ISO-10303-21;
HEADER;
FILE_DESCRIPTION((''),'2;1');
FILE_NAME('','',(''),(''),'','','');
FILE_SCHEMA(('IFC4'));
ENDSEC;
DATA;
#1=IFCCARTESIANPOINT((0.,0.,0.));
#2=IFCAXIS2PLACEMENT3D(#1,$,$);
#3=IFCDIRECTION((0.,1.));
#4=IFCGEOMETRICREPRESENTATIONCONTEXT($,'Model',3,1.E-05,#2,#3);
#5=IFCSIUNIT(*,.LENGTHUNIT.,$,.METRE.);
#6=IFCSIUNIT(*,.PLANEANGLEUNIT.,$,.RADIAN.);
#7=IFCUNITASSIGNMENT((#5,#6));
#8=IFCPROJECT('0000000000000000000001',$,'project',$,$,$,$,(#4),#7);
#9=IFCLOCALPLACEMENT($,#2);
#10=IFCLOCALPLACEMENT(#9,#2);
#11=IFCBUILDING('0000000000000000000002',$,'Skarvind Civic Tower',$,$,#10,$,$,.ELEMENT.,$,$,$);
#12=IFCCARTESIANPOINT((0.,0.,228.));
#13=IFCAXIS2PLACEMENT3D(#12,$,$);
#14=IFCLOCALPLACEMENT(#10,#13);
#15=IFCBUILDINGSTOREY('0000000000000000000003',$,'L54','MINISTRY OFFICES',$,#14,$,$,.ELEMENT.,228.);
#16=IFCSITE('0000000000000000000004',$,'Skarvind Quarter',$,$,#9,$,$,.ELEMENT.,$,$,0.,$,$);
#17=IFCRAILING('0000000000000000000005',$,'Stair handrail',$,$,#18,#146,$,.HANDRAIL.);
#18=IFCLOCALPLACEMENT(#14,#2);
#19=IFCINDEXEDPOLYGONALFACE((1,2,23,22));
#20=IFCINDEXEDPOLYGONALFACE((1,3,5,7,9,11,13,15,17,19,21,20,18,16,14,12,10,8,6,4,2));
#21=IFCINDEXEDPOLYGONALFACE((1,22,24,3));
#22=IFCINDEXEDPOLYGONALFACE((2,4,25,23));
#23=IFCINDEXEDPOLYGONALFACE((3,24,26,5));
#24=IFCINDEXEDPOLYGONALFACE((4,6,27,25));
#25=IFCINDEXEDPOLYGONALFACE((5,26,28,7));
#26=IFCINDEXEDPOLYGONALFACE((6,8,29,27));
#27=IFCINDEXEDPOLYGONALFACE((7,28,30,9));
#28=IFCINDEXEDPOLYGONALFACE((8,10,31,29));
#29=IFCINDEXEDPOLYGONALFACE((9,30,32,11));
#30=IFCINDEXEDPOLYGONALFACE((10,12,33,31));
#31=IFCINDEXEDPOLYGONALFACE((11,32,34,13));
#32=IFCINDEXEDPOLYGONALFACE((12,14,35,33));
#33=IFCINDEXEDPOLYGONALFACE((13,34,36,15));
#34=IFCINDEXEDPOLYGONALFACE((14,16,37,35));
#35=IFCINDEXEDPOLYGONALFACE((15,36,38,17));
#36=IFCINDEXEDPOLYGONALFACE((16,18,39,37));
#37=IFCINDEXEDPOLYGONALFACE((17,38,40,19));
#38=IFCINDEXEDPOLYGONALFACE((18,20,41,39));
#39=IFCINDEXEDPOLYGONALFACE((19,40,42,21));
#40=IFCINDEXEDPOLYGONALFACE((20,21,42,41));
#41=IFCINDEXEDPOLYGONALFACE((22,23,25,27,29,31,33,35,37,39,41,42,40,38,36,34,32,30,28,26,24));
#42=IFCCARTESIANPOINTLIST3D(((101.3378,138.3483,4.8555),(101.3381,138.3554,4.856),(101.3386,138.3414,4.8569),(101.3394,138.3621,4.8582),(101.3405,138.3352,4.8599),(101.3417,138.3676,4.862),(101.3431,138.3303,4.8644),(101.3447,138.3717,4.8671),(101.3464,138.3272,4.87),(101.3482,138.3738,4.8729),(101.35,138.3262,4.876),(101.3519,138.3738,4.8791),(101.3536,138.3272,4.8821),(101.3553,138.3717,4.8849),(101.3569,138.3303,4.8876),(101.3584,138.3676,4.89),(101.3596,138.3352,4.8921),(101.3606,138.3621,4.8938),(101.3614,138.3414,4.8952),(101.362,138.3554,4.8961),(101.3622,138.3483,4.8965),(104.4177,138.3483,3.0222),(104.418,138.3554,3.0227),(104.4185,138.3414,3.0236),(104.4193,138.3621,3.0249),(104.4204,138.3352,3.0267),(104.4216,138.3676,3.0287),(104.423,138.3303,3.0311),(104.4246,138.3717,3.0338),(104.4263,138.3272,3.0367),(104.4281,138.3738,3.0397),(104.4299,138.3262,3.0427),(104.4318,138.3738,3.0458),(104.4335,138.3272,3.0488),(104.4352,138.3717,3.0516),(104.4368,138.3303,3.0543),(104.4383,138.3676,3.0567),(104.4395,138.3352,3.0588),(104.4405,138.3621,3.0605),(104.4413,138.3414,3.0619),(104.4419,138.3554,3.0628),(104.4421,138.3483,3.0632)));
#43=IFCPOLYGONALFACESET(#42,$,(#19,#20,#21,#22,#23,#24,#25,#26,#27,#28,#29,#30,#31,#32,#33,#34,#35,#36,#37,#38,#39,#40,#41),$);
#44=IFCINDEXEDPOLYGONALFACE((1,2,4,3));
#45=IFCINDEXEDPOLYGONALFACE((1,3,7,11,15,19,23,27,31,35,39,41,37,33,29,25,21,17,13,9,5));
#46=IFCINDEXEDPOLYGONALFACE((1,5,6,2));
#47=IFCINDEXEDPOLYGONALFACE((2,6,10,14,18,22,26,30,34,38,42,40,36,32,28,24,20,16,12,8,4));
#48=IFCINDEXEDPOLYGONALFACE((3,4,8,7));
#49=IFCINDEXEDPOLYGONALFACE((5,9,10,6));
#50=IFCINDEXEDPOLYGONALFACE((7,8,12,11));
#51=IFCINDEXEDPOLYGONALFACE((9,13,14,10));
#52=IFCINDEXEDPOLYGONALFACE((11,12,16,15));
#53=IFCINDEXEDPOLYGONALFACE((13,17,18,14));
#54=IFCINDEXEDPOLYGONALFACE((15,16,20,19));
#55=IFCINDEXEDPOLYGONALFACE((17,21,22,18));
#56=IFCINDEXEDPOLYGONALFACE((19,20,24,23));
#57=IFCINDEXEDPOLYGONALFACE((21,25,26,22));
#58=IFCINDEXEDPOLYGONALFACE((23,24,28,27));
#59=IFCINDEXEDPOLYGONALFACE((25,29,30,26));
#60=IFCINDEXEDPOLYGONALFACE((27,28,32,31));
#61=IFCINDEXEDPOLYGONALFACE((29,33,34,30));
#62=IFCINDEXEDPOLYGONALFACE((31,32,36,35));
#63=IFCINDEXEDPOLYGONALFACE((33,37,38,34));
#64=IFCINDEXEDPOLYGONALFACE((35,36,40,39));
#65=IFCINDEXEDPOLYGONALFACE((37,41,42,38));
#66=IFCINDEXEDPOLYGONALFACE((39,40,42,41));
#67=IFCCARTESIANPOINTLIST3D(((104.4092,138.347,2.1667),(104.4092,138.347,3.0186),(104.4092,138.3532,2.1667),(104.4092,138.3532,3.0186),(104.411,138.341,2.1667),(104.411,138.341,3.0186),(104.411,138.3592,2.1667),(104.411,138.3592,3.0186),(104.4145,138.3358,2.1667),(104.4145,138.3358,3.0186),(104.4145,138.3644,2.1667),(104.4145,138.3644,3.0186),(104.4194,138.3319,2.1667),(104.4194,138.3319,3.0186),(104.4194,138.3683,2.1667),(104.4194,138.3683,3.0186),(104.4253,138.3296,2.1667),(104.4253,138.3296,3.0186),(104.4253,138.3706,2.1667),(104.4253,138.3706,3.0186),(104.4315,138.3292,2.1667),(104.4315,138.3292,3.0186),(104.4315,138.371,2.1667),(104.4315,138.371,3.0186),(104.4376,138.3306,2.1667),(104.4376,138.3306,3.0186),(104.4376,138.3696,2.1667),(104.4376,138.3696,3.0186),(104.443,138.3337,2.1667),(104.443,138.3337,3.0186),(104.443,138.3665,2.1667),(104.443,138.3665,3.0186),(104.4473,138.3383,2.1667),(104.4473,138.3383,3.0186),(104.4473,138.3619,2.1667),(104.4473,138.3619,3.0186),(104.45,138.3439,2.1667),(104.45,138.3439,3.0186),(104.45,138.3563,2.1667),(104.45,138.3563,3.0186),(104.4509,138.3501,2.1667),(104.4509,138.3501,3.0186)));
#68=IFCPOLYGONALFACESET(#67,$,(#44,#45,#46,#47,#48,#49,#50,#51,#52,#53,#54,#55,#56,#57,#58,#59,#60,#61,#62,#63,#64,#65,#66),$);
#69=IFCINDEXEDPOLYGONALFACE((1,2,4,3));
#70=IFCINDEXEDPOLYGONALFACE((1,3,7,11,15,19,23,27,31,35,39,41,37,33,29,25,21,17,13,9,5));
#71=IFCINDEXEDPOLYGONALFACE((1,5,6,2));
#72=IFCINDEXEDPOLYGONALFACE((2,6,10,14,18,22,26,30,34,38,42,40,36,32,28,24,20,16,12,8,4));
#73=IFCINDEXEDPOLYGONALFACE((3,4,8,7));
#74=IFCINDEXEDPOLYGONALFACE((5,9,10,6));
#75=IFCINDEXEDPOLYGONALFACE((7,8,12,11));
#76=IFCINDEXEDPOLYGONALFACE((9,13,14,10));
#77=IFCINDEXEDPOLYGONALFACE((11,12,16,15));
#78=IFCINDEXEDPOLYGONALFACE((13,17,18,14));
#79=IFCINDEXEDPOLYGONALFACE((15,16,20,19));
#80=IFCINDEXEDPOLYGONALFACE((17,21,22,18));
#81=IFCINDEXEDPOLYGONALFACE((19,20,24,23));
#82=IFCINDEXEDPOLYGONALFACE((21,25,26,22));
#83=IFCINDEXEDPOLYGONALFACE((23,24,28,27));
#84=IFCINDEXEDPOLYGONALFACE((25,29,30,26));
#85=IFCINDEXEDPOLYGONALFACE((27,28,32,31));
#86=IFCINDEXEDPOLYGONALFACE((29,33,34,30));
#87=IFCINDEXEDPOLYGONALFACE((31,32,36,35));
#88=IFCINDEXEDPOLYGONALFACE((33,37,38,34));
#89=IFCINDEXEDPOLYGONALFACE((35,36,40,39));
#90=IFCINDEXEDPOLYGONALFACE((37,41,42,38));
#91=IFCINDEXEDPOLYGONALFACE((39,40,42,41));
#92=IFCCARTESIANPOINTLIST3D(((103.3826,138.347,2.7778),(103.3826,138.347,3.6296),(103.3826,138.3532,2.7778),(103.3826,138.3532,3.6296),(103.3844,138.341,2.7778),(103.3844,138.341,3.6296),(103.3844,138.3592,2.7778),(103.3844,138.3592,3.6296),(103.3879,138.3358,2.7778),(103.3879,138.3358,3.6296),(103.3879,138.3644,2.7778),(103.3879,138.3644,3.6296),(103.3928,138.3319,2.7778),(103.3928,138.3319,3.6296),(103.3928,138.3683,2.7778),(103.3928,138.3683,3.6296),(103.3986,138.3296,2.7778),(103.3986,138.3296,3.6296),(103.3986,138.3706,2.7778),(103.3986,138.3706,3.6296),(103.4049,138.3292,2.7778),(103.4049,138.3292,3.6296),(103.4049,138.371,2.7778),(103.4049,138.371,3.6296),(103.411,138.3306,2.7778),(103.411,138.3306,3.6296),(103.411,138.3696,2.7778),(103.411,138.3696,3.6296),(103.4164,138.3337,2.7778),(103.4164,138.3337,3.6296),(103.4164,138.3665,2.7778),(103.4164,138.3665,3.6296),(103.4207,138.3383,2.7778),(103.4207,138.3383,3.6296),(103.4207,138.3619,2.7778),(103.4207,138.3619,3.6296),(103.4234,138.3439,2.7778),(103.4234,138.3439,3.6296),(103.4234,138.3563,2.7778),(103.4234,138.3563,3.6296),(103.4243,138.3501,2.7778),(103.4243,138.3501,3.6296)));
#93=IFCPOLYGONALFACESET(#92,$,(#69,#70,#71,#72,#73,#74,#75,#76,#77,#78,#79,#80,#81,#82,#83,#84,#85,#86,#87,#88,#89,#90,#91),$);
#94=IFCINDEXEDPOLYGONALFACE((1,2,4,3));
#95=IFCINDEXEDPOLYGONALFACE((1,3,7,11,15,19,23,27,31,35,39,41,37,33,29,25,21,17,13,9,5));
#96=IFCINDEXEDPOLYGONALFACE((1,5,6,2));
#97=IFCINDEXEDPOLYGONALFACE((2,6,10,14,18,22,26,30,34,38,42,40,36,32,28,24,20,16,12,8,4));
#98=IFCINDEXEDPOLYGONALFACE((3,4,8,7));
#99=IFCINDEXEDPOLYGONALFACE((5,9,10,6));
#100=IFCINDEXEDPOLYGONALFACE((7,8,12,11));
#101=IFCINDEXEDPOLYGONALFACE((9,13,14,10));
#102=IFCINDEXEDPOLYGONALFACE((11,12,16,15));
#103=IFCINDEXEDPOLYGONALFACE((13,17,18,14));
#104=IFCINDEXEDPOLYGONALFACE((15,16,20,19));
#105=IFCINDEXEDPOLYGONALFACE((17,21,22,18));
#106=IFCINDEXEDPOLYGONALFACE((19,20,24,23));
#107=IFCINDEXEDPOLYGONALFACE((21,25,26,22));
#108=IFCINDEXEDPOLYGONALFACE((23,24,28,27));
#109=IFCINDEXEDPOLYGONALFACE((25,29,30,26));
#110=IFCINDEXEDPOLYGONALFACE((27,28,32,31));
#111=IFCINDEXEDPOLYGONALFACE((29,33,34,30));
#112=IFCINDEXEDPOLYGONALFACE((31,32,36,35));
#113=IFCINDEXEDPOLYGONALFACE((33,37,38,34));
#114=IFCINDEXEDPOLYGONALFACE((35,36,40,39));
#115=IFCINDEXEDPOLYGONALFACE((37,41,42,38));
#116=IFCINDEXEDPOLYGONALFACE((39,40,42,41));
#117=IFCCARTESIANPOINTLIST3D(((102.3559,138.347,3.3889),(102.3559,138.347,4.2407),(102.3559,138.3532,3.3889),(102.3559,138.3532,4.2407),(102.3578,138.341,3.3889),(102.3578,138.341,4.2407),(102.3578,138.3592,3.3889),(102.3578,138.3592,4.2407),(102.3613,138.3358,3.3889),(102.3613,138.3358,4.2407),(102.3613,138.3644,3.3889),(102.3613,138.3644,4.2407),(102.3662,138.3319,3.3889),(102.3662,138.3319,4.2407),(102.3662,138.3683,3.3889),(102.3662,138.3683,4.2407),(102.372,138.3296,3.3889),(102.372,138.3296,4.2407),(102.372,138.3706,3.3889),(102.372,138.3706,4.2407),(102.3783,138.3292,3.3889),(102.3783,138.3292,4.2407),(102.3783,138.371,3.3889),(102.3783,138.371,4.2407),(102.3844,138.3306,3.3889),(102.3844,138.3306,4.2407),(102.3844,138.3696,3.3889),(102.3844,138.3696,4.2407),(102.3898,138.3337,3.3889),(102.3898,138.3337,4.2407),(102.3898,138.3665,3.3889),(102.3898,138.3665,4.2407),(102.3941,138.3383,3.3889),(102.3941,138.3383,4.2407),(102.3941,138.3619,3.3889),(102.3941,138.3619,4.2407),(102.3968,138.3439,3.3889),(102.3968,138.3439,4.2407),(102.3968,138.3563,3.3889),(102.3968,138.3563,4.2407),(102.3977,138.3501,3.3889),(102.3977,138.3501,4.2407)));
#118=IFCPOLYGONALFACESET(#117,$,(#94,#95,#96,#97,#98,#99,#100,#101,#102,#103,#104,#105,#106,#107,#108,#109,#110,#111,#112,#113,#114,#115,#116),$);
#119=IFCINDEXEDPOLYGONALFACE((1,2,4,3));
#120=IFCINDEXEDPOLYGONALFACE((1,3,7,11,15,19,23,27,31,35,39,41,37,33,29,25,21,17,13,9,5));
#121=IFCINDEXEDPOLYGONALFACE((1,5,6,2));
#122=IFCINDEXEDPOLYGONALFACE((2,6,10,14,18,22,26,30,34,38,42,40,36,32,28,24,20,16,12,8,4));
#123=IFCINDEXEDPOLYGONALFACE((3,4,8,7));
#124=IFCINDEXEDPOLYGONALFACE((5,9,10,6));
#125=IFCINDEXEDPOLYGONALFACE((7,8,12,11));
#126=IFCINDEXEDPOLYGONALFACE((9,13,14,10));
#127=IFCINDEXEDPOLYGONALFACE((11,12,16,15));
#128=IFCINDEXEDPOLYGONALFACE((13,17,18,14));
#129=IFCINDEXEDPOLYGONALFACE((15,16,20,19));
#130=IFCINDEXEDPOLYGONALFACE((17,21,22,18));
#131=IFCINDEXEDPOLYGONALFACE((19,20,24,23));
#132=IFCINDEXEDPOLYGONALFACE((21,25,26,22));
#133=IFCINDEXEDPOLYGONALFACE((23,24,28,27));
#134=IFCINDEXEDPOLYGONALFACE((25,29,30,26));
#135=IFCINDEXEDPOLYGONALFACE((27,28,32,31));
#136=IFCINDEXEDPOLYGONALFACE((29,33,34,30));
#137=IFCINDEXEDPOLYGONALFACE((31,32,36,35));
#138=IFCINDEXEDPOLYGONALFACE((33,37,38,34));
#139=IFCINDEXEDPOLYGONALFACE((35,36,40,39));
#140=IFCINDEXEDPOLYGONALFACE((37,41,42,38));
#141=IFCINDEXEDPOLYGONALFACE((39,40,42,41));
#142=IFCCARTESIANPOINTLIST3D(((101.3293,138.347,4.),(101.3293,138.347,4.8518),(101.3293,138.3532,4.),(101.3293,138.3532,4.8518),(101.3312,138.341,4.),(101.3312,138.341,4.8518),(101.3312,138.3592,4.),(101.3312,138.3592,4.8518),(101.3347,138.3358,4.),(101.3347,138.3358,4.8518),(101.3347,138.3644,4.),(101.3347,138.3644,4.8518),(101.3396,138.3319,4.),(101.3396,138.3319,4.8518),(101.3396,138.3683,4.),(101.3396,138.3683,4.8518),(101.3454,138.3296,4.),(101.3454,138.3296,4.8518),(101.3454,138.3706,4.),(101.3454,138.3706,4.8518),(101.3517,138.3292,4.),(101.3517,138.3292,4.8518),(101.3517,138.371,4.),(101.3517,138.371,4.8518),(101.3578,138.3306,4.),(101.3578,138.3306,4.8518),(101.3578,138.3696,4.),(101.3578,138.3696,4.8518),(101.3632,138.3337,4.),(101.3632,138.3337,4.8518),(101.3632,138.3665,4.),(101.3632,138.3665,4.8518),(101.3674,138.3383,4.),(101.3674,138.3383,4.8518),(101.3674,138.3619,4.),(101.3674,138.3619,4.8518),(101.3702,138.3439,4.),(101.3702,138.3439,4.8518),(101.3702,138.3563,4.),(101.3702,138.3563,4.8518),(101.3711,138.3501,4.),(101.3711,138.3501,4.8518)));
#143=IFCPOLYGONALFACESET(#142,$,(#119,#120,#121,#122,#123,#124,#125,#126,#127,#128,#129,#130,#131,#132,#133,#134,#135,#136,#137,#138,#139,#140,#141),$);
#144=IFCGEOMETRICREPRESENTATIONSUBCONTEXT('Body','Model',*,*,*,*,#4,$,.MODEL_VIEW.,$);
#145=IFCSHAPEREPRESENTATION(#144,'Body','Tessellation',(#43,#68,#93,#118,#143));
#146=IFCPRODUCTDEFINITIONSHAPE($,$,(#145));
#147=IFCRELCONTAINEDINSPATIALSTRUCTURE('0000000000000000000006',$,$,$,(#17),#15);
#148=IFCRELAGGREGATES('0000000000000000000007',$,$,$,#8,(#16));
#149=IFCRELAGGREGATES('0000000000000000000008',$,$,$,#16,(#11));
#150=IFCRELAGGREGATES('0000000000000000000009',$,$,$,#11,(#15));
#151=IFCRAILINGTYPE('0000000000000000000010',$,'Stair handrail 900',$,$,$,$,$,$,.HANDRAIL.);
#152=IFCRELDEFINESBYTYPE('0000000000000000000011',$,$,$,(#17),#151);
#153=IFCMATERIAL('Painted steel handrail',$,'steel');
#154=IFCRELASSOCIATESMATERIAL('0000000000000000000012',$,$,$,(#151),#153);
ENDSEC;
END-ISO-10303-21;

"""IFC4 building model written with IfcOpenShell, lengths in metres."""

from ifc_helpers import new_model, si_unit, direction, frame, origin, origin_2d, place, context, subcontext, project, spatial, circle, extrude, material, type_object, element, save


model = new_model("IFC4")

# Units and contexts
model_context = context("Model", 3, precision=1e-05, world=origin(), true_north=direction((0.0, 1.0)))
body_context = subcontext(model_context, "Body", "Model", "MODEL_VIEW")
ifc_project = project(units=[si_unit("LENGTHUNIT", "METRE"), si_unit("PLANEANGLEUNIT", "RADIAN")], contexts=[model_context])

# Site, building, storey
site_placement = place(None, origin())
site = spatial("IfcSite", under=ifc_project, at=site_placement, Name="Skarvind Quarter", CompositionType="ELEMENT", RefElevation=0.0)
building_placement = place(site_placement, origin())
building = spatial("IfcBuilding", under=site, at=building_placement, Name="Skarvind Civic Tower", CompositionType="ELEMENT")
storey_placement = place(building_placement, frame((0.0, 0.0, 228.0)))
storey = spatial("IfcBuildingStorey", under=building, at=storey_placement, Name="L54", Description="MINISTRY OFFICES", CompositionType="ELEMENT", Elevation=228.0)

# Railing
ifc_material_1 = material(Name="Painted steel handrail", Category="steel")
railing_type = type_object("IfcRailingType", Name="Stair handrail 900", PredefinedType="HANDRAIL", material=ifc_material_1)
railing_1_placement = place(storey_placement, frame((104.4299, 138.3501, 2.1667)))
element("IfcRailing", 1, at=railing_1_placement, inside=storey, type_object=railing_type, Name="Stair handrail", PredefinedType="HANDRAIL", context=body_context, shape_type="SweptSolid", body=[
    extrude(circle(Radius=0.0239, at=origin_2d()), frame((0.0, 0.0, 0.876), z_axis=(-0.859291, 0.0, 0.511487), x_axis=(0.0, -1.0, 0.0)), (0.0, 0.0, 1.0), 3.5842),
    extrude(circle(Radius=0.021, at=origin_2d()), origin(), (0.0, 0.0, 1.0), 0.8518),
    extrude(circle(Radius=0.021, at=origin_2d()), frame((-1.0266, 0.0, 0.6111)), (0.0, 0.0, 1.0), 0.8518),
    extrude(circle(Radius=0.021, at=origin_2d()), frame((-2.0532, 0.0, 1.2222)), (0.0, 0.0, 1.0), 0.8518),
    extrude(circle(Radius=0.021, at=origin_2d()), frame((-3.0798, 0.0, 1.8333)), (0.0, 0.0, 1.0), 0.8518),
])

save(model, "model.ifc")
